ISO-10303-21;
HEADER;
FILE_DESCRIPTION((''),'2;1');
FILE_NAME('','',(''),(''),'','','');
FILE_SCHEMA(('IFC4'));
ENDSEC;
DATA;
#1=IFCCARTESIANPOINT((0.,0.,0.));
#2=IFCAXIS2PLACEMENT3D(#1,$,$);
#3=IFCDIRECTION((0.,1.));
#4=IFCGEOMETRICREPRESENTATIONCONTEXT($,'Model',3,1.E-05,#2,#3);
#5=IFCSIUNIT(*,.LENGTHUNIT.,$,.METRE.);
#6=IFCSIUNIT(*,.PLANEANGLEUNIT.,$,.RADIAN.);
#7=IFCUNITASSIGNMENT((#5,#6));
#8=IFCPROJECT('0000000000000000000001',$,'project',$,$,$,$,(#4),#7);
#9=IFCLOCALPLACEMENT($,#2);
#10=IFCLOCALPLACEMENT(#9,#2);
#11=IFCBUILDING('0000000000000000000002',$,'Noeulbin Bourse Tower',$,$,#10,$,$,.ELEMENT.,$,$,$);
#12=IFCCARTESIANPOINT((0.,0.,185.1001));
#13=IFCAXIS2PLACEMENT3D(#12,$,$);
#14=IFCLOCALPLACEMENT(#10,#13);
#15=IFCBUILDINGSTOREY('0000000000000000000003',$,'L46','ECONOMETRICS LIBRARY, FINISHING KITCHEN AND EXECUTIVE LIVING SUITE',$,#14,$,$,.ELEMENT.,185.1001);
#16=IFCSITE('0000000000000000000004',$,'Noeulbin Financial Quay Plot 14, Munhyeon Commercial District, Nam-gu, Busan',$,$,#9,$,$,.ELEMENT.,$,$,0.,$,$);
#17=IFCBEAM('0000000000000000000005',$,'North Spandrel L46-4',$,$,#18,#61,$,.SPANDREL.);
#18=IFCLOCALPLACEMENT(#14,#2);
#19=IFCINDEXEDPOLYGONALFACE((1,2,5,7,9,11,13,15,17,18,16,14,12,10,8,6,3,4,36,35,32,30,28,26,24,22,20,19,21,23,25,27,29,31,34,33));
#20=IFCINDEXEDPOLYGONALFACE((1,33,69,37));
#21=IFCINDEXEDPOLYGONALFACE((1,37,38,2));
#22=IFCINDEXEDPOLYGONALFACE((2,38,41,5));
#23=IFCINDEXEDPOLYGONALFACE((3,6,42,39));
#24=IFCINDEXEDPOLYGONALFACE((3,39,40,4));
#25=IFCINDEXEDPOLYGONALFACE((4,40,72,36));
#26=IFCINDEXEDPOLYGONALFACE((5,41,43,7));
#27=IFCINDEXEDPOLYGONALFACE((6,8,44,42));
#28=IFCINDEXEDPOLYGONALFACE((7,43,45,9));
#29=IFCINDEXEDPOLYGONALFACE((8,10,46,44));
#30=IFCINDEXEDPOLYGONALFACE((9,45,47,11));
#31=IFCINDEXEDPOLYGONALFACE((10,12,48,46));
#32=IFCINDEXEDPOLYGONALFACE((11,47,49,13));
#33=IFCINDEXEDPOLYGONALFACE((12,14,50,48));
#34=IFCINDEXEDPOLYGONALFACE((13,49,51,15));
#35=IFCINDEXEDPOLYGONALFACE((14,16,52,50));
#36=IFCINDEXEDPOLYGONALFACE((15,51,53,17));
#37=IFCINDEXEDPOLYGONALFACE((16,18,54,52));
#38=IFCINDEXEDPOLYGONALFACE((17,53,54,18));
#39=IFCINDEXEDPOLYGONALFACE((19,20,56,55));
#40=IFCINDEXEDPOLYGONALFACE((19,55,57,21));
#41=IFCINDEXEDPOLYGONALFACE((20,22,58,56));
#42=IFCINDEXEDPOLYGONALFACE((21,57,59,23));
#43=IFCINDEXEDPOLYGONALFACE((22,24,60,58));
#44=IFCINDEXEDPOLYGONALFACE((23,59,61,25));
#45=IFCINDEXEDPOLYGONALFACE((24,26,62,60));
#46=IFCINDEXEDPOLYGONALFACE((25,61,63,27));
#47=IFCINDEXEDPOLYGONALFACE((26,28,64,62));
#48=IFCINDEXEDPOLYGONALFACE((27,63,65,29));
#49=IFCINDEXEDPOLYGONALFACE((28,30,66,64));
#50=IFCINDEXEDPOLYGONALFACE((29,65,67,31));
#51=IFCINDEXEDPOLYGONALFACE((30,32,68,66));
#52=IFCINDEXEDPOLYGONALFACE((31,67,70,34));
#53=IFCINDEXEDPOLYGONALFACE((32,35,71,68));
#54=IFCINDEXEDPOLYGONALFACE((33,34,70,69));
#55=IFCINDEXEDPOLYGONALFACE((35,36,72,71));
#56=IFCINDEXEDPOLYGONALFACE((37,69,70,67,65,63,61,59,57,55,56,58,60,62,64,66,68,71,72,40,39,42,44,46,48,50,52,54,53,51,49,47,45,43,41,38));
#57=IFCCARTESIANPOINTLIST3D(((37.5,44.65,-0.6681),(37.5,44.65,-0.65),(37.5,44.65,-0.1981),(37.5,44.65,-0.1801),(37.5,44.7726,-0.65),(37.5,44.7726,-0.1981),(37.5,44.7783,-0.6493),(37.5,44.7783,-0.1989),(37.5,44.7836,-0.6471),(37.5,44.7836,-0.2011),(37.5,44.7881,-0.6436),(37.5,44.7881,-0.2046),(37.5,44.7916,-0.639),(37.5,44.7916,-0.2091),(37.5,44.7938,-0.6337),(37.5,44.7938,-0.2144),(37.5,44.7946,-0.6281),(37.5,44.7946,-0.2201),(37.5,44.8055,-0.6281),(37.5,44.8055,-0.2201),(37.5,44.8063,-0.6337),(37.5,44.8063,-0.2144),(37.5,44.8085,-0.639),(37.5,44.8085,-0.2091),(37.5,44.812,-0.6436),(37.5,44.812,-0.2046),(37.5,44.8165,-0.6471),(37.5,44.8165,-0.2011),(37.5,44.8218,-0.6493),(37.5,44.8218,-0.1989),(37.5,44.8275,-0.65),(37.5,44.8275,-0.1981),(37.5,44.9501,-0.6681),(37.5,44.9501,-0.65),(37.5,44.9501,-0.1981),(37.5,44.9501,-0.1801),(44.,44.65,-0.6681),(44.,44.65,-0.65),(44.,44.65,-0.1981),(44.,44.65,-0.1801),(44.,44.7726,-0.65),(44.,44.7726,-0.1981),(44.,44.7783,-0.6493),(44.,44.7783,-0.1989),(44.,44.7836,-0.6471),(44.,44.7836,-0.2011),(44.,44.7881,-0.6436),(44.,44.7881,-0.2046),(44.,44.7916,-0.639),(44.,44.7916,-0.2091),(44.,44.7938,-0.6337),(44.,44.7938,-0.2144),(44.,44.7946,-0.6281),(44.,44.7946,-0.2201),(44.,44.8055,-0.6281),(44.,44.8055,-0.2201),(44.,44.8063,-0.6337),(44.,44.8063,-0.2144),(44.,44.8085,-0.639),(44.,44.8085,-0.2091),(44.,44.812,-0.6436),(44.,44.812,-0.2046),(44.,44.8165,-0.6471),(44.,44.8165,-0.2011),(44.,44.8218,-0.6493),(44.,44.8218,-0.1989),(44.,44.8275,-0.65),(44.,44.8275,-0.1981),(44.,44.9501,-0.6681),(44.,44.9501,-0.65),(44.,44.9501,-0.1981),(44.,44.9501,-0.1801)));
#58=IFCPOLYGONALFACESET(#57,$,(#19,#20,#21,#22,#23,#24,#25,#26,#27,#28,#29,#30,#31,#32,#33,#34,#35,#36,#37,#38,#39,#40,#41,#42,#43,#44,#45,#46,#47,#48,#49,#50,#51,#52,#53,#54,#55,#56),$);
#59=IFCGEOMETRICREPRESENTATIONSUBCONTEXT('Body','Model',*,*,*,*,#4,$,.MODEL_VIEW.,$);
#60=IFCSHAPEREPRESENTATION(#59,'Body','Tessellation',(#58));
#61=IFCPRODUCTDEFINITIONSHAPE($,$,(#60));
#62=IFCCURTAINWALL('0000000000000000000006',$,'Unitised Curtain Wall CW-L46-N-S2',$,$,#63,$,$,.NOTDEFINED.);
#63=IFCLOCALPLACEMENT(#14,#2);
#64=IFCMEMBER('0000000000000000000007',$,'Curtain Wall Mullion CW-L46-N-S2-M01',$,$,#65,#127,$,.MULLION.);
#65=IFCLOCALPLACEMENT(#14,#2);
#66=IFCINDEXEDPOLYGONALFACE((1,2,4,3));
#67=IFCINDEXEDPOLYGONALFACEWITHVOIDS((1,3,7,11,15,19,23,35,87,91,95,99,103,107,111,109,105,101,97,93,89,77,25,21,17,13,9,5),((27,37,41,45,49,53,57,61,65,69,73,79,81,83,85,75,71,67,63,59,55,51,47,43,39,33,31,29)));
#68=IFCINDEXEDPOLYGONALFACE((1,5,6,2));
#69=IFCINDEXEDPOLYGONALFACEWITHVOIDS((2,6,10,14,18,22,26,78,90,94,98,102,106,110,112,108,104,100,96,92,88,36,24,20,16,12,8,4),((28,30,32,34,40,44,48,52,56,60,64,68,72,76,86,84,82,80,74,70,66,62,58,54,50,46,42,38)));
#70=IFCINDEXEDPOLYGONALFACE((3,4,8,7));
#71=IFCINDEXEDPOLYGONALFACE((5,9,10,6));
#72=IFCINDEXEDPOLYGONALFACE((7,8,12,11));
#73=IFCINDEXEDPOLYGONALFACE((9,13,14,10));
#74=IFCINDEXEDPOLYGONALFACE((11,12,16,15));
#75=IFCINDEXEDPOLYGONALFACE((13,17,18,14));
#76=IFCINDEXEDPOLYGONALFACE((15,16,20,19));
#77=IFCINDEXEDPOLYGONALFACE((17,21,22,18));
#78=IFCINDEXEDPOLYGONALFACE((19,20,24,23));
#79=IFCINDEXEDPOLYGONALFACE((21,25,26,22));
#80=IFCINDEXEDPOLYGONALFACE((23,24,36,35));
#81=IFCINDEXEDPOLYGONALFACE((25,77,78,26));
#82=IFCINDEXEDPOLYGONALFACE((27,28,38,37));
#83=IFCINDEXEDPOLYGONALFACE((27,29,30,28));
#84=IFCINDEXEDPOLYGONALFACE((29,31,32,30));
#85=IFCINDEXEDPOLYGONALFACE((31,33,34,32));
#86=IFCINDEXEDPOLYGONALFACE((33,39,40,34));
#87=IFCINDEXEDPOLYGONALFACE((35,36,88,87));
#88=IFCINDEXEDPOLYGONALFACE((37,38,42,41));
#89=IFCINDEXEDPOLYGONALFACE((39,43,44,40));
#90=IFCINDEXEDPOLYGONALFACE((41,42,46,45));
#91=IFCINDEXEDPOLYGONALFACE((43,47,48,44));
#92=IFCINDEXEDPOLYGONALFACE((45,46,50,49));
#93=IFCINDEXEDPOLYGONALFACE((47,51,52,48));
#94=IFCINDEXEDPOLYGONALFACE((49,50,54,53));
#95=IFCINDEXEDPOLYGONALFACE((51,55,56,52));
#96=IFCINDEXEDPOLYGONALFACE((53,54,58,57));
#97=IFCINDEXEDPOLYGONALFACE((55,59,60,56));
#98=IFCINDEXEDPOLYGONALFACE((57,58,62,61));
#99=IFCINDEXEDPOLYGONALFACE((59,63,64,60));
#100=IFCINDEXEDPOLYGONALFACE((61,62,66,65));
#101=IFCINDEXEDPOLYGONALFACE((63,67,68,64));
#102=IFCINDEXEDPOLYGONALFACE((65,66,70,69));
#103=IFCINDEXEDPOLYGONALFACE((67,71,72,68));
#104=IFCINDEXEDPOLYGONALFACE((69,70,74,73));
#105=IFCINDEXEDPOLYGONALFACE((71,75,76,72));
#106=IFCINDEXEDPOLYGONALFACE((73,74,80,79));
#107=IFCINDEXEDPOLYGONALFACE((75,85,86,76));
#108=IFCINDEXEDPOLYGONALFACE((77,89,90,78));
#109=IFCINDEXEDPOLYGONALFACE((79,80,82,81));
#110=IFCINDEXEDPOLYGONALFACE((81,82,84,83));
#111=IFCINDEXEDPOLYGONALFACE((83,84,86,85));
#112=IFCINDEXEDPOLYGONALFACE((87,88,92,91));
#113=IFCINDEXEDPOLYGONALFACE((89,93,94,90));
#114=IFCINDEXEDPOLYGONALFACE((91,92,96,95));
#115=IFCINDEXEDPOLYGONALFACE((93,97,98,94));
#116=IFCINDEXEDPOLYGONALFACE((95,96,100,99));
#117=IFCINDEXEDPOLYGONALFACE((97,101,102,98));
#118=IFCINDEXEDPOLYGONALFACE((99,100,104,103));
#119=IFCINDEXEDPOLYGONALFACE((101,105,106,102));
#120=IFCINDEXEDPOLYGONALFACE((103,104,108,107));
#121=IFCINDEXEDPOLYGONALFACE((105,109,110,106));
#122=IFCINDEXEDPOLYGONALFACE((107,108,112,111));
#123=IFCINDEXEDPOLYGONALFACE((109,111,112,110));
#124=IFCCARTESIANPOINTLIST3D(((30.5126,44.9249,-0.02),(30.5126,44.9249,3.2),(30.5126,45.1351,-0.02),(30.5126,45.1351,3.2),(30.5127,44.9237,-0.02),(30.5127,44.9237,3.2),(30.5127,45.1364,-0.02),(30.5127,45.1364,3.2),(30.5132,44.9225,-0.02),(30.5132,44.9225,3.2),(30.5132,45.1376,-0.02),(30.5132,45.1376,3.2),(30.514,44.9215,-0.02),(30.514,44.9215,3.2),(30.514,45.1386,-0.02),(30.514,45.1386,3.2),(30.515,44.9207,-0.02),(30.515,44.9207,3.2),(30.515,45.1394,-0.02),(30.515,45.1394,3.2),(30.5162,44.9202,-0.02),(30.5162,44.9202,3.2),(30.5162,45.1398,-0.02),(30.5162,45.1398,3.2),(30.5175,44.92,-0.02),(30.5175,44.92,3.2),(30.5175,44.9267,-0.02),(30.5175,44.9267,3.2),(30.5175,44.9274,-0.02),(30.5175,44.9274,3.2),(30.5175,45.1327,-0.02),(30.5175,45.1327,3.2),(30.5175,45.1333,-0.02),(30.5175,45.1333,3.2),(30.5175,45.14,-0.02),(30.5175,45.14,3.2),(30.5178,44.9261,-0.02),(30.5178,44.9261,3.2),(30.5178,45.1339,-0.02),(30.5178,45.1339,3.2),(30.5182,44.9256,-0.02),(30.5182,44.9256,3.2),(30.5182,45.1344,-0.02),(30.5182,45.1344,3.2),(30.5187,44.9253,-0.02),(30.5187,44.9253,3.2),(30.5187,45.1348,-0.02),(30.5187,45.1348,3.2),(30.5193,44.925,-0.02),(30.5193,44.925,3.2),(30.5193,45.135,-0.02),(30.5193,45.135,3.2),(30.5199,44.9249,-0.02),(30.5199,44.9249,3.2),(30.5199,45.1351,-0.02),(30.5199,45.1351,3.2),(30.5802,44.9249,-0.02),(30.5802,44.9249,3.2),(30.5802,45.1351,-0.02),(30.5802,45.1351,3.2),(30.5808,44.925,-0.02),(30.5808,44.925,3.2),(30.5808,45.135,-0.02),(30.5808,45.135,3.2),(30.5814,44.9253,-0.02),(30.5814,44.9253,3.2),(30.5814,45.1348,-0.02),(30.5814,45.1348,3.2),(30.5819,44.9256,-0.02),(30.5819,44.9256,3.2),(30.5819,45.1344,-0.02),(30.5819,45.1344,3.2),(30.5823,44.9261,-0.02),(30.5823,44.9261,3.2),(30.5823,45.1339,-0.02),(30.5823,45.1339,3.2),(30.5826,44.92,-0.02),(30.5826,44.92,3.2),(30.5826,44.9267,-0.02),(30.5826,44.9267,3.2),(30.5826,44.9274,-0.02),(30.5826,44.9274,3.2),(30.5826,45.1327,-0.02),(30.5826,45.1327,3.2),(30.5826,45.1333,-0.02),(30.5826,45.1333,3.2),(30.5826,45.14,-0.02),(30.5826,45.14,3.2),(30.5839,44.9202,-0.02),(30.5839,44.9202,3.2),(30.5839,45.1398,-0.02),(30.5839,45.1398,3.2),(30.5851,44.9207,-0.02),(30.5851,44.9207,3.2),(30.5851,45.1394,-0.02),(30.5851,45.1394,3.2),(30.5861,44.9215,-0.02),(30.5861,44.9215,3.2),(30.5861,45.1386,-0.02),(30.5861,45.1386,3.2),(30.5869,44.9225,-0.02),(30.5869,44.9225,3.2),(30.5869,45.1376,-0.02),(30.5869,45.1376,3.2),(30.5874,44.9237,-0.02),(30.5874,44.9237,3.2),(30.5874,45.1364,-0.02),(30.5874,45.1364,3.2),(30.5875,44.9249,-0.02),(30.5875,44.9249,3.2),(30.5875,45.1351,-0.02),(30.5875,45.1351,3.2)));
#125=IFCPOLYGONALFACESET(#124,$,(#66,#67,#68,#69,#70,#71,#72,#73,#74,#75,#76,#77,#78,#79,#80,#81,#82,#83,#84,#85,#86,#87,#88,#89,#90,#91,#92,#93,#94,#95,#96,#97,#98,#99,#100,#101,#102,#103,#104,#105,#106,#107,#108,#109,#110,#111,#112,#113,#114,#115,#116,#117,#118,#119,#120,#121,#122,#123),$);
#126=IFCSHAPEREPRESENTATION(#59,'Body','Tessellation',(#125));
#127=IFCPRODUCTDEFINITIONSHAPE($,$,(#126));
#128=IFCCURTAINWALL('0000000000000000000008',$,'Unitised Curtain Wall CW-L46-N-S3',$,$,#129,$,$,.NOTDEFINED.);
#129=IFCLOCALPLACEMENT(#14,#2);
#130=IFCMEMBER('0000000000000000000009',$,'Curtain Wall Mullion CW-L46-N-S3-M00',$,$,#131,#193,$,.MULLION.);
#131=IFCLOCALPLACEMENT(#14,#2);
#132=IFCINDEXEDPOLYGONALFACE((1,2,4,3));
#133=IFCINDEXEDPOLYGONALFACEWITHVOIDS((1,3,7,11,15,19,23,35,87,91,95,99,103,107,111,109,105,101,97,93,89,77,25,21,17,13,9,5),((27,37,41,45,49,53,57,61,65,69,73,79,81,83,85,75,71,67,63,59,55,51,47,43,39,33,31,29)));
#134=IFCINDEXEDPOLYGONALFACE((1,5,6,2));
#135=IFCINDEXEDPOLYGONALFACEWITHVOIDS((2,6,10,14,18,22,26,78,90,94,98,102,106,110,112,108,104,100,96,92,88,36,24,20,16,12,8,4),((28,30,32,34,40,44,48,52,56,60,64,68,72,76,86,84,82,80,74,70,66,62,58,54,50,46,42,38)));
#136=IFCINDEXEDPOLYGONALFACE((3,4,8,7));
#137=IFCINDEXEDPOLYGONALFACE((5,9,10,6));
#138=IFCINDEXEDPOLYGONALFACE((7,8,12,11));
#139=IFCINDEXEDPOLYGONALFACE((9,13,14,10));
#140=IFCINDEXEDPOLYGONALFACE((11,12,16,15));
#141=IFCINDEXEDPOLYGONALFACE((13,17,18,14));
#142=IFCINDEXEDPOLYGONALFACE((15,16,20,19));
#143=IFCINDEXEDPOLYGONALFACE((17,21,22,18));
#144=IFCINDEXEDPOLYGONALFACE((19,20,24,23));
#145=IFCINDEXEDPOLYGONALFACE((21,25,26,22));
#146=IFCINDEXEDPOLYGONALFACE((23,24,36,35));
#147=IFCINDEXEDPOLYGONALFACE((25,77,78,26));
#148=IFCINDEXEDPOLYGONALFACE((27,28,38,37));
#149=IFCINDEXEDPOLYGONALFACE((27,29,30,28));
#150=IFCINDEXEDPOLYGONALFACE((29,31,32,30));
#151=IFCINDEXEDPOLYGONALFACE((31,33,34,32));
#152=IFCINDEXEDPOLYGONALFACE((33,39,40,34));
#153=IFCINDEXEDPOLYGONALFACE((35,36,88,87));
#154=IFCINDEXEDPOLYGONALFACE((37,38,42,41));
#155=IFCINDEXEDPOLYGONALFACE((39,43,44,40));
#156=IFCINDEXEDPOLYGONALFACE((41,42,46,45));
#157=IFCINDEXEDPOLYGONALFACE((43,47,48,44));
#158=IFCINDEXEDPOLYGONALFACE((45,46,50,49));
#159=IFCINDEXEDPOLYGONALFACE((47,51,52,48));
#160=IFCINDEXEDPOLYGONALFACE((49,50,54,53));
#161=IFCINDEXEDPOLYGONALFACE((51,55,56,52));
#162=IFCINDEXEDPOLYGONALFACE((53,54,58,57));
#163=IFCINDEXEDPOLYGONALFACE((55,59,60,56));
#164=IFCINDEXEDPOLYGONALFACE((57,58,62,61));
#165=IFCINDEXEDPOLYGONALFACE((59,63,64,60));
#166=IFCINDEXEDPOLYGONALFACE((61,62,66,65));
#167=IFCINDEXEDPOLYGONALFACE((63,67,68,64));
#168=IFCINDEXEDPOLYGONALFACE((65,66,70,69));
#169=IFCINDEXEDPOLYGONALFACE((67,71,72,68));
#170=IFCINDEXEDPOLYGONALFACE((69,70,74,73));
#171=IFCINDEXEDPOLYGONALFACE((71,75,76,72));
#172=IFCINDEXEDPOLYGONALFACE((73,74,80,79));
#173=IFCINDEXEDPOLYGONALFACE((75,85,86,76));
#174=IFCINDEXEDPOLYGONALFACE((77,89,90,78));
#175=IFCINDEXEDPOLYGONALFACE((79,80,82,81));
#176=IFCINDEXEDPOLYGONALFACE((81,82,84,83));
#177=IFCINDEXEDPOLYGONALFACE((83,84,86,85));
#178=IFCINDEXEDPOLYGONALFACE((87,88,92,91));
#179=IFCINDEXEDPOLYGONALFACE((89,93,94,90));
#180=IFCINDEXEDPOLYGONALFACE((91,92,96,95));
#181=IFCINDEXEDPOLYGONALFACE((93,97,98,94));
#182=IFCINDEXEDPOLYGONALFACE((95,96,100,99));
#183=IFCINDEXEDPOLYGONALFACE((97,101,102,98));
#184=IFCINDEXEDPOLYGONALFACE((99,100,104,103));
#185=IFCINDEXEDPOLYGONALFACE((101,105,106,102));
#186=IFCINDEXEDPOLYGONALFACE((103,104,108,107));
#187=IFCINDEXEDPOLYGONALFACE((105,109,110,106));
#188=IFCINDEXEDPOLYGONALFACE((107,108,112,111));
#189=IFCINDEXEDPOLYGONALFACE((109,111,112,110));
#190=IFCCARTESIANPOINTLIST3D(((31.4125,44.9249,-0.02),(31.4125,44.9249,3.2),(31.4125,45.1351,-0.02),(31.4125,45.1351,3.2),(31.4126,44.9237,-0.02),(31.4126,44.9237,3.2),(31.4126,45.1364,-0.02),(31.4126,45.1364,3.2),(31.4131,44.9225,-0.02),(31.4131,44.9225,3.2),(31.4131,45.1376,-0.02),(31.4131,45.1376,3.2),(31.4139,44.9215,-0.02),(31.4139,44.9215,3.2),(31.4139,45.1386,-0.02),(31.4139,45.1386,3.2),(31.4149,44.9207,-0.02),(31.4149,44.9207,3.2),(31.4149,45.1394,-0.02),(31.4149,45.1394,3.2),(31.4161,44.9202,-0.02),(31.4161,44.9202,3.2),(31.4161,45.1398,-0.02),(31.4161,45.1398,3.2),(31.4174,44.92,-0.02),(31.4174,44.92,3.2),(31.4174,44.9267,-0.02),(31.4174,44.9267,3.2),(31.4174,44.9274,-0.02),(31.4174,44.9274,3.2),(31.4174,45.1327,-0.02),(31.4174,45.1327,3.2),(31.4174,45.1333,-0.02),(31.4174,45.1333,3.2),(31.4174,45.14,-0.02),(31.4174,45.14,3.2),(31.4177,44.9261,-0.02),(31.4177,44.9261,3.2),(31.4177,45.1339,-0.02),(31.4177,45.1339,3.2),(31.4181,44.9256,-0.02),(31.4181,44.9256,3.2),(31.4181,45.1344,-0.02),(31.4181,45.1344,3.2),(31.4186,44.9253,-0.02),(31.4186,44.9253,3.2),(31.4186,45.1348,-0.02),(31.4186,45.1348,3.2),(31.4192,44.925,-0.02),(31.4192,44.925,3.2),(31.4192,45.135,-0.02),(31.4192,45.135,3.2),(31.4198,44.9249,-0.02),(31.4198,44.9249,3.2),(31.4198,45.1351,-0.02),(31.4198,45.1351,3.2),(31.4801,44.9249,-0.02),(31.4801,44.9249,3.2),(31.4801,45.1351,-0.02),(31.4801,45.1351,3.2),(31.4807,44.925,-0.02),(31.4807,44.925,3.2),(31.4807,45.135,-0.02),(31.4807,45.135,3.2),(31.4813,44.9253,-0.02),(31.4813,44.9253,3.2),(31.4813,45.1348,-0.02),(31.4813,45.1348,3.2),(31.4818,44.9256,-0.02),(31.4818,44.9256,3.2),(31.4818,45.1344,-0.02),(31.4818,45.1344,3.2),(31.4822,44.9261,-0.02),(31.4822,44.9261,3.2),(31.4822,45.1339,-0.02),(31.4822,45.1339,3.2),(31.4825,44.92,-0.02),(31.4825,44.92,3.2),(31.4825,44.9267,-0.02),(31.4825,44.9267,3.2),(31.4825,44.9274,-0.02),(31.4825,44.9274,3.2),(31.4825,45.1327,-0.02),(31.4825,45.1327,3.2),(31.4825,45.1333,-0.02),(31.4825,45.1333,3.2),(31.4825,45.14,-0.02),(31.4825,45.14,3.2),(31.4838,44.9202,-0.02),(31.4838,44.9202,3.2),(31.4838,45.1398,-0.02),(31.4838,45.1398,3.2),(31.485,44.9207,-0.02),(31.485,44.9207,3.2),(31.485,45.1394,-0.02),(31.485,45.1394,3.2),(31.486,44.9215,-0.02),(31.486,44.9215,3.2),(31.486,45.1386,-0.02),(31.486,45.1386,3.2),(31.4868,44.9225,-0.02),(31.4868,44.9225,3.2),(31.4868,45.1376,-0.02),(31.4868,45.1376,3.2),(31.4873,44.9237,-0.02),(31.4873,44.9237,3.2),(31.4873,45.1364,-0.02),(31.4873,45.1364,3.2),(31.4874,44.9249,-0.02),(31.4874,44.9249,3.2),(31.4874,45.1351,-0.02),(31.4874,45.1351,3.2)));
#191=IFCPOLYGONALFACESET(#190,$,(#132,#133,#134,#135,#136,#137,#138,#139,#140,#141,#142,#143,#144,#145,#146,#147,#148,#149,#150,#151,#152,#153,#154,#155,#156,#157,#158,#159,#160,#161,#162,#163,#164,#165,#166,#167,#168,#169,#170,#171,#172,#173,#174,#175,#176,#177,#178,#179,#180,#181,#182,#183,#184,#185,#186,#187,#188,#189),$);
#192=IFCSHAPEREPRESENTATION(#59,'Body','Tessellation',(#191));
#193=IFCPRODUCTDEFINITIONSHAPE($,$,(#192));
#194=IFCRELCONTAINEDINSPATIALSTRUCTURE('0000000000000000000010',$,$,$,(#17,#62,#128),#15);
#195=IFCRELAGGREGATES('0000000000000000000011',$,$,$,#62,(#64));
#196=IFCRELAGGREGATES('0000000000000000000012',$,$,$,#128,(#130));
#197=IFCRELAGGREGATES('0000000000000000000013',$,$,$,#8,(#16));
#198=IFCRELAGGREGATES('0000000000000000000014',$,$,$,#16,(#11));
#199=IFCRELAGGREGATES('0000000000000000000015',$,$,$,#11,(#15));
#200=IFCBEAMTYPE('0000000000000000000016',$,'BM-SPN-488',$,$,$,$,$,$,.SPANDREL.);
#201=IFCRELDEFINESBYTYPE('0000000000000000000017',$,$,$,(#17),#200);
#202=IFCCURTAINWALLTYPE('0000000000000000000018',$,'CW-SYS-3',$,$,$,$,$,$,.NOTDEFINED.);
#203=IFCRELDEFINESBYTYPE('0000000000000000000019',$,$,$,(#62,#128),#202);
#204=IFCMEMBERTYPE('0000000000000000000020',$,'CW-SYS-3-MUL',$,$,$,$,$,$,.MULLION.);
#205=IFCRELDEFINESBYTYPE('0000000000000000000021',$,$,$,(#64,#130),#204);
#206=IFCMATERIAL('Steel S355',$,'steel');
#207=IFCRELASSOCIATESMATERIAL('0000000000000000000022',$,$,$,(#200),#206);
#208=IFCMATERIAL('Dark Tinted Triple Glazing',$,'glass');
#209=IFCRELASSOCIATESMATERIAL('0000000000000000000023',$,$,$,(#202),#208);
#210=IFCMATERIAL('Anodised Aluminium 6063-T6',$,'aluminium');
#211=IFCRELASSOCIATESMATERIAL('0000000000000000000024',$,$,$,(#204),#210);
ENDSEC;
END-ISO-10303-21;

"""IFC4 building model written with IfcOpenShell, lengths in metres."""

from ifc_helpers import new_model, si_unit, direction, frame, origin, origin_2d, place, context, subcontext, project, spatial, hollow_rectangle, i_section, extrude, material, material_profile, profile_set, type_object, element, aggregate, save


model = new_model("IFC4")

# Units and contexts
model_context = context("Model", 3, precision=1e-05, world=origin(), true_north=direction((0.0, 1.0)))
body_context = subcontext(model_context, "Body", "Model", "MODEL_VIEW")
ifc_project = project(units=[si_unit("LENGTHUNIT", "METRE"), si_unit("PLANEANGLEUNIT", "RADIAN")], contexts=[model_context])

# Site, building, storey
site_placement = place(None, origin())
site = spatial("IfcSite", under=ifc_project, at=site_placement, Name="Noeulbin Financial Quay Plot 14, Munhyeon Commercial District, Nam-gu, Busan", CompositionType="ELEMENT", RefElevation=0.0)
building_placement = place(site_placement, origin())
building = spatial("IfcBuilding", under=site, at=building_placement, Name="Noeulbin Bourse Tower", CompositionType="ELEMENT")
storey_placement = place(building_placement, frame((0.0, 0.0, 185.1001)))
storey = spatial("IfcBuildingStorey", under=building, at=storey_placement, Name="L46", Description="ECONOMETRICS LIBRARY, FINISHING KITCHEN AND EXECUTIVE LIVING SUITE", CompositionType="ELEMENT", Elevation=185.1001)

# Shared definitions
ifc_material_1 = material(Name="Steel S355", Category="steel")

# Beam
ifc_material_profile_1 = material_profile(ifc_material_1, i_section(OverallWidth=0.3, OverallDepth=0.488, WebThickness=0.011, FlangeThickness=0.0181, FilletRadius=0.022, at=origin_2d()), Name="H-488x300x11x18", Category="LoadBearing")
ifc_profile_set_1 = profile_set([ifc_material_profile_1], Name="Steel S355")
beam_type_1 = type_object("IfcBeamType", Name="BM-SPN-488", PredefinedType="SPANDREL", material=ifc_profile_set_1)
for number, where, z_axis, x_axis, name in (
    (1, (37.5, 44.8, -0.4241), (1.0, 0.0, 0.0), (0.0, 1.0, 0.0), "North Spandrel L46-4"),
):
    element("IfcBeam", number, at=place(storey_placement, frame(where, z_axis=z_axis, x_axis=x_axis)), inside=storey, type_object=beam_type_1, Name=name, PredefinedType="SPANDREL", context=body_context, shape_type="SweptSolid", body=[
        extrude(i_section(OverallWidth=0.3, OverallDepth=0.488, WebThickness=0.011, FlangeThickness=0.0181, FilletRadius=0.022, at=origin_2d()), origin(), (0.0, 0.0, 1.0), 6.5),
    ])

# Curtain wall, member
ifc_material_2 = material(Name="Dark Tinted Triple Glazing", Category="glass")
curtain_wall_type = type_object("IfcCurtainWallType", Name="CW-SYS-3", PredefinedType="NOTDEFINED", material=ifc_material_2)
curtain_wall_1_placement = place(storey_placement, origin())
curtain_wall_1 = element("IfcCurtainWall", 2, at=curtain_wall_1_placement, inside=storey, type_object=curtain_wall_type, Name="Unitised Curtain Wall CW-L46-N-S2", PredefinedType="NOTDEFINED")
ifc_material_3 = material(Name="Anodised Aluminium 6063-T6", Category="aluminium")
ifc_material_profile_2 = material_profile(ifc_material_3, hollow_rectangle(XDim=0.075, YDim=0.22, WallThickness=0.0049, InnerFilletRadius=0.0024, OuterFilletRadius=0.0049, at=origin_2d()), Name="ALU-MULL-75x220x5", Category="LoadBearing")
ifc_profile_set_2 = profile_set([ifc_material_profile_2], Name="Anodised Aluminium 6063-T6")
member_type_1 = type_object("IfcMemberType", Name="CW-SYS-3-MUL", PredefinedType="MULLION", material=ifc_profile_set_2)
member_1_placement = place(storey_placement, frame((30.55, 45.03, -0.02), z_axis=(0.0, 0.0, 1.0), x_axis=(1.0, 0.0, 0.0)))
member_1 = element("IfcMember", 3, at=member_1_placement, type_object=member_type_1, Name="Curtain Wall Mullion CW-L46-N-S2-M01", PredefinedType="MULLION", context=body_context, shape_type="SweptSolid", body=[
    extrude(hollow_rectangle(XDim=0.075, YDim=0.22, WallThickness=0.0049, InnerFilletRadius=0.0024, OuterFilletRadius=0.0049, at=origin_2d()), origin(), (0.0, 0.0, 1.0), 3.22),
])
aggregate(curtain_wall_1, [member_1])

# Curtain wall, member
curtain_wall_2_placement = place(storey_placement, origin())
curtain_wall_2 = element("IfcCurtainWall", 4, at=curtain_wall_2_placement, inside=storey, type_object=curtain_wall_type, Name="Unitised Curtain Wall CW-L46-N-S3", PredefinedType="NOTDEFINED")
member_2_placement = place(storey_placement, frame((31.45, 45.03, -0.02), z_axis=(0.0, 0.0, 1.0), x_axis=(1.0, 0.0, 0.0)))
member_2 = element("IfcMember", 5, at=member_2_placement, type_object=member_type_1, Name="Curtain Wall Mullion CW-L46-N-S3-M00", PredefinedType="MULLION", context=body_context, shape_type="SweptSolid", body=[
    extrude(hollow_rectangle(XDim=0.075, YDim=0.22, WallThickness=0.0049, InnerFilletRadius=0.0024, OuterFilletRadius=0.0049, at=origin_2d()), origin(), (0.0, 0.0, 1.0), 3.22),
])

aggregate(curtain_wall_2, [member_2])

save(model, "model.ifc")
